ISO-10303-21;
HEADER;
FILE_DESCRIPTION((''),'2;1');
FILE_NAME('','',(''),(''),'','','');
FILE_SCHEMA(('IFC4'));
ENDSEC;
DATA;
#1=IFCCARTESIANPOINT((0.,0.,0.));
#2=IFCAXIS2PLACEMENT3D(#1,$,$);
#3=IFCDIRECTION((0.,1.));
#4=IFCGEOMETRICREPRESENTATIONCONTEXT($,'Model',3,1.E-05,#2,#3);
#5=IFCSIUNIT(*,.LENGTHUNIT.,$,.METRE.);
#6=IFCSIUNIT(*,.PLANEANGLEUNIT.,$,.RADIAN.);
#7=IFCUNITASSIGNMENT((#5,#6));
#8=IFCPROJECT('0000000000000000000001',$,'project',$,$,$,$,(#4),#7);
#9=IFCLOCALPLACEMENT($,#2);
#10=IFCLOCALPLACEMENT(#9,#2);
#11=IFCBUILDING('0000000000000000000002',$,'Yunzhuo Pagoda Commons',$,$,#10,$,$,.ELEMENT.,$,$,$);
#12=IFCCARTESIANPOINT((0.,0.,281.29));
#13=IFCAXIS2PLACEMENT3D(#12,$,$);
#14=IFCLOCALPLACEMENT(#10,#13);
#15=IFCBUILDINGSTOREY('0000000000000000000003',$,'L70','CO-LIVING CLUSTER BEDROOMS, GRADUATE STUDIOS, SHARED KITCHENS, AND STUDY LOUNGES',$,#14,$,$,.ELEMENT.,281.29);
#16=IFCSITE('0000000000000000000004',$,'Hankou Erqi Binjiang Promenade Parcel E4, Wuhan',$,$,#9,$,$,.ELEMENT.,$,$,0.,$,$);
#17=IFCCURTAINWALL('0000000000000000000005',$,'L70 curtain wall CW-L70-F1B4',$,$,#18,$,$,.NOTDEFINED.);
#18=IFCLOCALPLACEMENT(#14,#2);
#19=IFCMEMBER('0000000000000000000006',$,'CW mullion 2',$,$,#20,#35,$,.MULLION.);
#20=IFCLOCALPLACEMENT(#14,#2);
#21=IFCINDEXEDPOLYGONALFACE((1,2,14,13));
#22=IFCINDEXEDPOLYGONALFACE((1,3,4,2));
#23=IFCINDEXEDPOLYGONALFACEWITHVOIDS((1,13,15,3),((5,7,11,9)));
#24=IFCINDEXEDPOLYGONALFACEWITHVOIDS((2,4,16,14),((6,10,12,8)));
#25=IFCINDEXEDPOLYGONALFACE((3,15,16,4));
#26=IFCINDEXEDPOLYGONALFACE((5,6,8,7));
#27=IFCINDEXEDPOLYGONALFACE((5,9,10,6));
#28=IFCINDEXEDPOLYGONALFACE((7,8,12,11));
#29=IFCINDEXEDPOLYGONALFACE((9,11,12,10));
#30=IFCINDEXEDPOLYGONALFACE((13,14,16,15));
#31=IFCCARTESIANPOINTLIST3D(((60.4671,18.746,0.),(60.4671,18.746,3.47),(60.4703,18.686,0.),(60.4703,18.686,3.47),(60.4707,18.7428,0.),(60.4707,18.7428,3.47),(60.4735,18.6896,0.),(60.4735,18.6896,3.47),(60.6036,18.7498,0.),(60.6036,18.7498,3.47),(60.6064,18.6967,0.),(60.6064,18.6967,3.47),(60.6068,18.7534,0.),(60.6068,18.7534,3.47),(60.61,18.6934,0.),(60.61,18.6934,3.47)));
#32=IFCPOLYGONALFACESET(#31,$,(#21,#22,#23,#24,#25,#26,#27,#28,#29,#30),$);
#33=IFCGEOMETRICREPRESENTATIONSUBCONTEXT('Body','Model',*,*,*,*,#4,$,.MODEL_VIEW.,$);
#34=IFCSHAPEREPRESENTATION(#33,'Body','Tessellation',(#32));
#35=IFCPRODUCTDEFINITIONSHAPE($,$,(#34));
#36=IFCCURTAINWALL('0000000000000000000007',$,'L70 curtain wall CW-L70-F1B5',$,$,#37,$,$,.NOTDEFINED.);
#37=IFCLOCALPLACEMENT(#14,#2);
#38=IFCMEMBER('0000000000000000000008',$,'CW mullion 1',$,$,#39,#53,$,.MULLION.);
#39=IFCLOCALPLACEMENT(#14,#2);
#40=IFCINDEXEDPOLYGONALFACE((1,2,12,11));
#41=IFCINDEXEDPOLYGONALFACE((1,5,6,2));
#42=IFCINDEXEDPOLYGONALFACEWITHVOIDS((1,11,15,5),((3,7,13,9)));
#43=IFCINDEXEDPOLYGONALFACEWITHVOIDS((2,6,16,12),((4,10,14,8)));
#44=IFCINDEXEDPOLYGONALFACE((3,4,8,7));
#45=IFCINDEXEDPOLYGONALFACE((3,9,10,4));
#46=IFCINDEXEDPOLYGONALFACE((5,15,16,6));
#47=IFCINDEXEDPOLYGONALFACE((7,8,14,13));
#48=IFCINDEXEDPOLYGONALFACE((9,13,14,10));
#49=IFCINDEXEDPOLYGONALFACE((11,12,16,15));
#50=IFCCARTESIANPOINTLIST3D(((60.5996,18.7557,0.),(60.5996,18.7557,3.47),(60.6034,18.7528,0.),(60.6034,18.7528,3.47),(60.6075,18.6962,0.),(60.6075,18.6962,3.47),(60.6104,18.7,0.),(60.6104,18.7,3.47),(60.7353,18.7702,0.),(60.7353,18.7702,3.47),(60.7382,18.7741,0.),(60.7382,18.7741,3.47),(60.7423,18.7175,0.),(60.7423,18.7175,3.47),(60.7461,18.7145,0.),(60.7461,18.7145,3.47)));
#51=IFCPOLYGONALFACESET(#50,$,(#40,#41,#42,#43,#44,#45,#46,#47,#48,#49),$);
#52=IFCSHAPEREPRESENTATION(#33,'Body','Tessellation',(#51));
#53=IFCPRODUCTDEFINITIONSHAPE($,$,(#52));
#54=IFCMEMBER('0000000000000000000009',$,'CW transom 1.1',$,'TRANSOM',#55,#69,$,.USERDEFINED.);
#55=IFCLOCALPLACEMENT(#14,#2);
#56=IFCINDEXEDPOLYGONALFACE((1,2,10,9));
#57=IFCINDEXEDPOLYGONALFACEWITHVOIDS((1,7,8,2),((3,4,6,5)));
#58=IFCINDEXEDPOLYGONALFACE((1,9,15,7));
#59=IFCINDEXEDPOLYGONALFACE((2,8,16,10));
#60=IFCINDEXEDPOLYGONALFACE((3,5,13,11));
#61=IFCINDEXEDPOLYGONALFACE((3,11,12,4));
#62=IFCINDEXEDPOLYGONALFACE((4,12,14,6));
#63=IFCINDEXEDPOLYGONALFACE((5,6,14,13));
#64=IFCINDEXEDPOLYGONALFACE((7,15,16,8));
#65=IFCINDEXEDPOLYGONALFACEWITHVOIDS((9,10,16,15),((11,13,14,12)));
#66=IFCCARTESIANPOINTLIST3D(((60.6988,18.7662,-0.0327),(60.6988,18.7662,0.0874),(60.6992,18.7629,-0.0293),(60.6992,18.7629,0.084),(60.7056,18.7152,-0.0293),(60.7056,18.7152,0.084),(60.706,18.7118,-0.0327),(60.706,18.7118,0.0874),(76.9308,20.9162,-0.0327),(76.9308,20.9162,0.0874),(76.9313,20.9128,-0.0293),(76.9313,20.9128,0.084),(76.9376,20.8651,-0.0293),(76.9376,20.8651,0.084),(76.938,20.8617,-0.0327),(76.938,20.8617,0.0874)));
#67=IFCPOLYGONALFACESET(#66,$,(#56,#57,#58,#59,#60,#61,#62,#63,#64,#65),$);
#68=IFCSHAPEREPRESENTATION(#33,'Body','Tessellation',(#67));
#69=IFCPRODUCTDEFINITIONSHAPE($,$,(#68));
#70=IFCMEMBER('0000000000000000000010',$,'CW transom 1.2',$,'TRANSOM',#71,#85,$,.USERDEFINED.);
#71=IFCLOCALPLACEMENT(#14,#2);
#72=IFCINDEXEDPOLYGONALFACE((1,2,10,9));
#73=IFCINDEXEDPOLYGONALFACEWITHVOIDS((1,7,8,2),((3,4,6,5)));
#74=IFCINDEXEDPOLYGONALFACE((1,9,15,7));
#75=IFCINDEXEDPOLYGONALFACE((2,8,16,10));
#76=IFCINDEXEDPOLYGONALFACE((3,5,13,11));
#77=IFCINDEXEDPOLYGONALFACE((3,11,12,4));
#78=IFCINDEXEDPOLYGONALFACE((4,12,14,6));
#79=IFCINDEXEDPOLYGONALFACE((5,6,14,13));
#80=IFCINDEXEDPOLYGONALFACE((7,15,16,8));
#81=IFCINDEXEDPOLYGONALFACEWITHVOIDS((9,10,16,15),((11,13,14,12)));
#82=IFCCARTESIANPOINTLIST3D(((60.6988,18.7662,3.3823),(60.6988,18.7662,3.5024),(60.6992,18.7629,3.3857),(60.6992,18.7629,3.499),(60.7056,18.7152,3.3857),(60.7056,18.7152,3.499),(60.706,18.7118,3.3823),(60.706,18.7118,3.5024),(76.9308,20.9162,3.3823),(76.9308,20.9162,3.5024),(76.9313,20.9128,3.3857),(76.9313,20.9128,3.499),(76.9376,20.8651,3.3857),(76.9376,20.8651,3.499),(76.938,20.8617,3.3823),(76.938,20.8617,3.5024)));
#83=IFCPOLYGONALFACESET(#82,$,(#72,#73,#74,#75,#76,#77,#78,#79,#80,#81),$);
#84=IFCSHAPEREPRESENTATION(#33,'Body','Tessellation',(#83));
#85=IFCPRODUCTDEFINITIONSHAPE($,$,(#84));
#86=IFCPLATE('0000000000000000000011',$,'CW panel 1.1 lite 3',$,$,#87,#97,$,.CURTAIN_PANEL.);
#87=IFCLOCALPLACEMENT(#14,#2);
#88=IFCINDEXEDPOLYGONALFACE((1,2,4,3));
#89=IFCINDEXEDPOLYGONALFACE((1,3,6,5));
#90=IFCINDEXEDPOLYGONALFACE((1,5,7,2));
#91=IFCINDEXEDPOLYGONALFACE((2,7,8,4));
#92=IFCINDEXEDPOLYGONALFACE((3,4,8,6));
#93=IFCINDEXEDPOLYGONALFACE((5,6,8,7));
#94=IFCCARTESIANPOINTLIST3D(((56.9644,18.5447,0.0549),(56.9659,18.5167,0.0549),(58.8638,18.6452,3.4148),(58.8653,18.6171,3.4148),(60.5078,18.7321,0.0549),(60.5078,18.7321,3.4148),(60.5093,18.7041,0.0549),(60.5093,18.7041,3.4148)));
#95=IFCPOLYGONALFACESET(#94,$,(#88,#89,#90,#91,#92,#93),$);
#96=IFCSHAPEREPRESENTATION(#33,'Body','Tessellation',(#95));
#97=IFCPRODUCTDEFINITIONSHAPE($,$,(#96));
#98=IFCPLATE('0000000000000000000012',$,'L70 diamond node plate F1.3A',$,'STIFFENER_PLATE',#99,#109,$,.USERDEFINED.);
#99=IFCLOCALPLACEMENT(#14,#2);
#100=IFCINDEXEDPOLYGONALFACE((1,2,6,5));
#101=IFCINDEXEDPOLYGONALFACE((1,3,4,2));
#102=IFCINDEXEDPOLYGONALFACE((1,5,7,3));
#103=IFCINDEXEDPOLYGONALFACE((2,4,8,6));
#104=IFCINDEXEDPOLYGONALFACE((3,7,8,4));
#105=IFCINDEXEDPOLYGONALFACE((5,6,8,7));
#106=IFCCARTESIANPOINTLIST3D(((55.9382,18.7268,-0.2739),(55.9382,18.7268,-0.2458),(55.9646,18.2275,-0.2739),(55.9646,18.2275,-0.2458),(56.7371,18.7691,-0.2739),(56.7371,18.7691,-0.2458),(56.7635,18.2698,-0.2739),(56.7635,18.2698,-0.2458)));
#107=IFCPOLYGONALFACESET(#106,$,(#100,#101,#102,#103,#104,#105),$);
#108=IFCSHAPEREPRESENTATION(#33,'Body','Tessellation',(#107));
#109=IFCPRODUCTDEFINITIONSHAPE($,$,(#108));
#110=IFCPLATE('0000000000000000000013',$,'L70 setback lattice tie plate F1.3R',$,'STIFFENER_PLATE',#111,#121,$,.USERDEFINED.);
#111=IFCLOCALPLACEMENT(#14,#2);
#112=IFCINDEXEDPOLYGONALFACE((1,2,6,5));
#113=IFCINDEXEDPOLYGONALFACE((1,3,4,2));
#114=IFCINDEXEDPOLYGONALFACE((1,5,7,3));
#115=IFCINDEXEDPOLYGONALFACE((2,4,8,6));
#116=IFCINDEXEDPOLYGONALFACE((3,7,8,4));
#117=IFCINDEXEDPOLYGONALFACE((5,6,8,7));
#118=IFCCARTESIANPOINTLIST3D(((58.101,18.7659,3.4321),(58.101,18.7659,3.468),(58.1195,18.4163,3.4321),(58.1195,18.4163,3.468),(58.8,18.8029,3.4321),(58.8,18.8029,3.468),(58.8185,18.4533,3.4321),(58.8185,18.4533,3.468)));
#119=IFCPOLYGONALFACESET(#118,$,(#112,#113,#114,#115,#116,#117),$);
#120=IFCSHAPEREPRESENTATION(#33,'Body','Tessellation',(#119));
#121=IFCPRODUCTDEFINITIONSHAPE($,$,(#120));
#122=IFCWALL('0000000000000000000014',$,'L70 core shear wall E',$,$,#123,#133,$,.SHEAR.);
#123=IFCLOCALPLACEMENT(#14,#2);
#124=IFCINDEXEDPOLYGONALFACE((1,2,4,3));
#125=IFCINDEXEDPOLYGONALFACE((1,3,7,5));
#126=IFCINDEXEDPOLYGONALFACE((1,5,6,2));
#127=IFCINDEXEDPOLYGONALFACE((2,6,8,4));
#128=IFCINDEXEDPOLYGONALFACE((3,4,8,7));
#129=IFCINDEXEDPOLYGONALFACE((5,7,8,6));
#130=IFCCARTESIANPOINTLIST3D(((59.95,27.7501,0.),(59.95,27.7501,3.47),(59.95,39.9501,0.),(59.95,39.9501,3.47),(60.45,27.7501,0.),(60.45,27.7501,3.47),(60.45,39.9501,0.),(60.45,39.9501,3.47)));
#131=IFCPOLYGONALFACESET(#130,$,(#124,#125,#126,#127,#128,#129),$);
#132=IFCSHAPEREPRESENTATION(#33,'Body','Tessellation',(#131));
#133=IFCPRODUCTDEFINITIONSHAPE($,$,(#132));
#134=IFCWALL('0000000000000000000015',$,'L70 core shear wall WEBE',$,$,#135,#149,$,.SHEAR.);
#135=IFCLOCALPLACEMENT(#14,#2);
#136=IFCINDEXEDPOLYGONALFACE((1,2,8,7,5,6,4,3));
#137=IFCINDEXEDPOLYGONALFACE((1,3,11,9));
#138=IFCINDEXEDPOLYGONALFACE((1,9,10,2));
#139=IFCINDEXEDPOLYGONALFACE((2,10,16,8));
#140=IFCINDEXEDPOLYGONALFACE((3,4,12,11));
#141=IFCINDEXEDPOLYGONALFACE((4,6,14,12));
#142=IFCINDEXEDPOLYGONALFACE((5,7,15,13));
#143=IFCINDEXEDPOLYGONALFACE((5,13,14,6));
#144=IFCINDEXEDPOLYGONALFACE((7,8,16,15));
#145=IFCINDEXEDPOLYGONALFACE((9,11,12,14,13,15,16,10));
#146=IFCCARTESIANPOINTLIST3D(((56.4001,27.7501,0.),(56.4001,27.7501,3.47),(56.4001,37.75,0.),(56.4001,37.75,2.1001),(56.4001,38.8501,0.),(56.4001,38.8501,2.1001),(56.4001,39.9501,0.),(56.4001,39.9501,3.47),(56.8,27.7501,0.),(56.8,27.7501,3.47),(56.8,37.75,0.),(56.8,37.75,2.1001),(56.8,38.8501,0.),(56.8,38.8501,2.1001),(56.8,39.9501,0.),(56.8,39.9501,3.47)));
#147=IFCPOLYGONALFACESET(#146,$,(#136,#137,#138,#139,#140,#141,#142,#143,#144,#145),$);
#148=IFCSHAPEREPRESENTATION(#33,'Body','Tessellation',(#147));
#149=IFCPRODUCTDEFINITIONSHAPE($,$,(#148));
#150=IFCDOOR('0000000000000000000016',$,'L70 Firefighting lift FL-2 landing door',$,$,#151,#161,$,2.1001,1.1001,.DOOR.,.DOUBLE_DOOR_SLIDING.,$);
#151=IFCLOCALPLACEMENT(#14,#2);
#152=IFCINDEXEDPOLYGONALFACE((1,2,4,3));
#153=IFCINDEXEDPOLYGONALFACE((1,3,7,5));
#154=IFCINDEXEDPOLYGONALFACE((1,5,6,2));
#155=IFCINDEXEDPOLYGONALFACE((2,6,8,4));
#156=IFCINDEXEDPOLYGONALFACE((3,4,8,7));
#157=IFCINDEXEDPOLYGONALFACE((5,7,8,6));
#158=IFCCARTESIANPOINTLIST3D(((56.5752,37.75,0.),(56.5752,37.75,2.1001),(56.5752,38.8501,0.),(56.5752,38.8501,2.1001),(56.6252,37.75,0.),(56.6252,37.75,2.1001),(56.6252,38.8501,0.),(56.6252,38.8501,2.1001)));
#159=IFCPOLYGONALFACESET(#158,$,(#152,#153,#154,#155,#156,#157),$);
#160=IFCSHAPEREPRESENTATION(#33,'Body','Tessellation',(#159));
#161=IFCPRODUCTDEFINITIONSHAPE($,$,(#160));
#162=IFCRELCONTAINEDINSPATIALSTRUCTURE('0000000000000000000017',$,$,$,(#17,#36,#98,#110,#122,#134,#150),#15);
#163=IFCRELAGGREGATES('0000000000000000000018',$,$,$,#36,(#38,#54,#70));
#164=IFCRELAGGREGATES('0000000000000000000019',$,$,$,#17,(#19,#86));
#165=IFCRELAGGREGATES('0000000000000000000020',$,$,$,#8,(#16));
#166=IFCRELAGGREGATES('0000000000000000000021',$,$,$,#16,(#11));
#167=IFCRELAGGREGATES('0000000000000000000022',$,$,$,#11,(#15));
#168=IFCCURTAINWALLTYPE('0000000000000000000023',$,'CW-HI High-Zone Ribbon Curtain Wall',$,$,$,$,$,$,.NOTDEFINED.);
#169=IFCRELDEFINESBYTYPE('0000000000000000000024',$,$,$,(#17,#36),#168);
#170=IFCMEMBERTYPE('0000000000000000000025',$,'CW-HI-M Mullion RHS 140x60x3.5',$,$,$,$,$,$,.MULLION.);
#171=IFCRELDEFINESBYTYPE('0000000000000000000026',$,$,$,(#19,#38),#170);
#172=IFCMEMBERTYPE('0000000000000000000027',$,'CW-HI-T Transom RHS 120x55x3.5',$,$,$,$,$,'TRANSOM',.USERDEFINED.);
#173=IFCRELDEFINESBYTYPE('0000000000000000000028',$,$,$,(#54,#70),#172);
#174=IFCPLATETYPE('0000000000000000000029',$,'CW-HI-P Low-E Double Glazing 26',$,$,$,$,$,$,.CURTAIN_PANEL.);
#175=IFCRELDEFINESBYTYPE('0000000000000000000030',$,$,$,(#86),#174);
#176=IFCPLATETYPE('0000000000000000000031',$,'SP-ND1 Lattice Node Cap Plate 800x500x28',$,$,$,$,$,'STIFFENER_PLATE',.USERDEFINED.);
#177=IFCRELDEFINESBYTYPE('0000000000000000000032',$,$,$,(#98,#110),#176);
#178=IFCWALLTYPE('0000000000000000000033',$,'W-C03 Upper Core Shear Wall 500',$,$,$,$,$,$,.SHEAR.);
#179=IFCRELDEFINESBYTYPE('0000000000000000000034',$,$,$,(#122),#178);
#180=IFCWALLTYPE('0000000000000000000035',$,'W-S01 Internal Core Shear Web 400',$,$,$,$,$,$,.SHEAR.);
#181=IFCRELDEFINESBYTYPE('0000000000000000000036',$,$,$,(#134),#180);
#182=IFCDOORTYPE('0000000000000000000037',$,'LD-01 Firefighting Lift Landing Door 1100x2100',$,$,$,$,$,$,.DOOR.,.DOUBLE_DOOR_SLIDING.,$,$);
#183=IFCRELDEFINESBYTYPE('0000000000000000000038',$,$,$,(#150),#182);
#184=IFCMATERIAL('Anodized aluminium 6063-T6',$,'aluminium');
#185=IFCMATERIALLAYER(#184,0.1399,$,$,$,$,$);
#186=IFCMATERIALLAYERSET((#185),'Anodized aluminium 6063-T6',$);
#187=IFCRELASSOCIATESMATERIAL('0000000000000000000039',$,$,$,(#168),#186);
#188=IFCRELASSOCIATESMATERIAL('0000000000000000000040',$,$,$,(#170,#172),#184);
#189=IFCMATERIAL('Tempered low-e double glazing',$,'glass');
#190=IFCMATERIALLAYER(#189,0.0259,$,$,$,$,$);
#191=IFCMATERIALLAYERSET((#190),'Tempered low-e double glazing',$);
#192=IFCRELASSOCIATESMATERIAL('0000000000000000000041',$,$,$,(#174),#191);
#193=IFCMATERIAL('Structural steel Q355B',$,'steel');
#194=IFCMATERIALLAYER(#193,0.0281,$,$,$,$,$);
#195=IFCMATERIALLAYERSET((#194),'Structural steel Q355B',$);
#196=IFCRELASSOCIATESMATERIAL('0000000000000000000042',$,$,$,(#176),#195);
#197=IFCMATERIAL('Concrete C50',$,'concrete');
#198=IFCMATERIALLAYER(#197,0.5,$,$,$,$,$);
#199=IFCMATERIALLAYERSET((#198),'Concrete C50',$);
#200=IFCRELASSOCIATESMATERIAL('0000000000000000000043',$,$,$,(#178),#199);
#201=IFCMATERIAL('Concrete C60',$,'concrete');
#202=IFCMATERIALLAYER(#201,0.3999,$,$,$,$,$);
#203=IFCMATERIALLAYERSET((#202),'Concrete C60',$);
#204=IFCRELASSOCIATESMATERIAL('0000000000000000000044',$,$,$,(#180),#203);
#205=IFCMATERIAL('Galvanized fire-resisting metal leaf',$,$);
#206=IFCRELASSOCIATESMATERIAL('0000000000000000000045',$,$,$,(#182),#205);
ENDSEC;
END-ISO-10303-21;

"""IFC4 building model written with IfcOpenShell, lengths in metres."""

from ifc_helpers import new_model, si_unit, direction, frame, frame_2d, origin, origin_with_axes, origin_2d, place, context, subcontext, project, spatial, polyline, rectangle, hollow_rectangle, outline, extrude, source, transform, mapped, material, layer, layer_set, material_profile, profile_set, type_object, element, fill, aggregate, save


model = new_model("IFC4")

# Units and contexts
model_context = context("Model", 3, precision=1e-05, world=origin(), true_north=direction((0.0, 1.0)))
body_context = subcontext(model_context, "Body", "Model", "MODEL_VIEW")
ifc_project = project(units=[si_unit("LENGTHUNIT", "METRE"), si_unit("PLANEANGLEUNIT", "RADIAN")], contexts=[model_context])

# Site, building, storey
site_placement = place(None, origin())
site = spatial("IfcSite", under=ifc_project, at=site_placement, Name="Hankou Erqi Binjiang Promenade Parcel E4, Wuhan", CompositionType="ELEMENT", RefElevation=0.0)
building_placement = place(site_placement, origin())
building = spatial("IfcBuilding", under=site, at=building_placement, Name="Yunzhuo Pagoda Commons", CompositionType="ELEMENT")
storey_placement = place(building_placement, frame((0.0, 0.0, 281.29)))
storey = spatial("IfcBuildingStorey", under=building, at=storey_placement, Name="L70", Description="CO-LIVING CLUSTER BEDROOMS, GRADUATE STUDIOS, SHARED KITCHENS, AND STUDY LOUNGES", CompositionType="ELEMENT", Elevation=281.29)

# Shared definitions
ifc_material_1 = material(Name="Structural steel Q355B", Category="steel")

# Curtain wall, member
ifc_material_2 = material(Name="Anodized aluminium 6063-T6", Category="aluminium")
ifc_layer_1 = layer(ifc_material_2, 0.1399)
ifc_layer_set_1 = layer_set([ifc_layer_1], Name="Anodized aluminium 6063-T6")
curtain_wall_type = type_object("IfcCurtainWallType", Name="CW-HI High-Zone Ribbon Curtain Wall", PredefinedType="NOTDEFINED", material=ifc_layer_set_1)
curtain_wall_1_placement = place(storey_placement, origin())
curtain_wall_1 = element("IfcCurtainWall", 1, at=curtain_wall_1_placement, inside=storey, type_object=curtain_wall_type, Name="L70 curtain wall CW-L70-F1B4", PredefinedType="NOTDEFINED")
ifc_material_profile_1 = material_profile(ifc_material_2, hollow_rectangle(XDim=0.0601, YDim=0.1399, WallThickness=0.0034, at=origin_2d()), Name="Anodized aluminium 6063-T6")
ifc_profile_set_1 = profile_set([ifc_material_profile_1], Name="Anodized aluminium 6063-T6")
member_type_1 = type_object("IfcMemberType", Name="CW-HI-M Mullion RHS 140x60x3.5", PredefinedType="MULLION", material=ifc_profile_set_1)
shared_shape_1 = source(origin(), body_context, "Body", "SweptSolid", [
    extrude(hollow_rectangle(XDim=0.0601, YDim=0.1399, WallThickness=0.0034, at=origin_2d()), origin(), (0.0, 0.0, 1.0), 3.47),
])
member_1_placement = place(storey_placement, frame((60.5386, 18.7197, 0.0), z_axis=(0.0, 0.0, 1.0), x_axis=(-0.052822, 0.998604, 0.0)))
member_1 = element("IfcMember", 2, at=member_1_placement, type_object=member_type_1, Name="CW mullion 2", PredefinedType="MULLION", context=body_context, shape_type="MappedRepresentation", body=[
    mapped(shared_shape_1, transform((0.0, 0.0, 0.0), scale=1.0)),
])

# Curtain wall, members
curtain_wall_2_placement = place(storey_placement, origin())
curtain_wall_2 = element("IfcCurtainWall", 3, at=curtain_wall_2_placement, inside=storey, type_object=curtain_wall_type, Name="L70 curtain wall CW-L70-F1B5", PredefinedType="NOTDEFINED")
member_2_placement = place(storey_placement, frame((60.6729, 18.7351, 0.0), z_axis=(0.0, 0.0, 1.0), x_axis=(-0.131311, 0.991341, 0.0)))
member_2 = element("IfcMember", 4, at=member_2_placement, type_object=member_type_1, Name="CW mullion 1", PredefinedType="MULLION", context=body_context, shape_type="MappedRepresentation", body=[
    mapped(shared_shape_1, transform((0.0, 0.0, 0.0), scale=1.0)),
])
ifc_material_profile_2 = material_profile(ifc_material_2, hollow_rectangle(XDim=0.0549, YDim=0.1201, WallThickness=0.0034, at=origin_2d()), Name="Anodized aluminium 6063-T6")
ifc_profile_set_2 = profile_set([ifc_material_profile_2], Name="Anodized aluminium 6063-T6")
member_type_2 = type_object("IfcMemberType", Name="CW-HI-T Transom RHS 120x55x3.5", ElementType="TRANSOM", PredefinedType="USERDEFINED", material=ifc_profile_set_2)
shared_shape_2 = source(origin(), body_context, "Body", "SweptSolid", [
    extrude(hollow_rectangle(XDim=0.0549, YDim=0.1201, WallThickness=0.0034, at=origin_2d()), origin(), (0.0, 0.0, 1.0), 16.3738),
])
member_3_placement = place(storey_placement, frame((60.7024, 18.739, 0.0273), z_axis=(0.991342, 0.131302, 0.0), x_axis=(-0.131302, 0.991342, 0.0)))
member_3 = element("IfcMember", 5, at=member_3_placement, type_object=member_type_2, Name="CW transom 1.1", ObjectType="TRANSOM", PredefinedType="USERDEFINED", context=body_context, shape_type="MappedRepresentation", body=[
    mapped(shared_shape_2, transform((0.0, 0.0, 0.0), scale=1.0)),
])
member_4_placement = place(storey_placement, frame((60.7024, 18.739, 3.4424), z_axis=(0.991342, 0.131302, 0.0), x_axis=(-0.131302, 0.991342, 0.0)))
member_4 = element("IfcMember", 6, at=member_4_placement, type_object=member_type_2, Name="CW transom 1.2", ObjectType="TRANSOM", PredefinedType="USERDEFINED", context=body_context, shape_type="MappedRepresentation", body=[
    mapped(shared_shape_2, transform((0.0, 0.0, 0.0), scale=1.0)),
])
aggregate(curtain_wall_2, [member_2, member_3, member_4])

# Plate
ifc_material_3 = material(Name="Tempered low-e double glazing", Category="glass")
ifc_layer_2 = layer(ifc_material_3, 0.0259)
ifc_layer_set_2 = layer_set([ifc_layer_2], Name="Tempered low-e double glazing")
plate_type_1 = type_object("IfcPlateType", Name="CW-HI-P Low-E Double Glazing 26", PredefinedType="CURTAIN_PANEL", material=ifc_layer_set_2)
plate_1_placement = place(storey_placement, frame((58.7361, 18.6384, 1.7349), z_axis=(0.052822, -0.998604, 0.0), x_axis=(0.998604, 0.052822, 0.0)))
plate_1 = element("IfcPlate", 7, at=plate_1_placement, type_object=plate_type_1, Name="CW panel 1.1 lite 3", PredefinedType="CURTAIN_PANEL", context=body_context, shape_type="SweptSolid", body=[
    extrude(outline(polyline([(-1.7742, -1.6799), (1.7742, -1.6799), (1.7742, 1.6799), (0.1279, 1.6799), (-1.7742, -1.6799)])), origin(), (0.0, 0.0, 1.0), 0.0281),
])
aggregate(curtain_wall_1, [member_1, plate_1])

# Plates
ifc_layer_3 = layer(ifc_material_1, 0.0281)
ifc_layer_set_3 = layer_set([ifc_layer_3], Name="Structural steel Q355B")
plate_type_2 = type_object("IfcPlateType", Name="SP-ND1 Lattice Node Cap Plate 800x500x28", ElementType="STIFFENER_PLATE", PredefinedType="USERDEFINED", material=ifc_layer_set_3)
shared_shape_3 = source(origin(), body_context, "Body", "SweptSolid", [
    extrude(rectangle(XDim=0.8, YDim=0.5, at=origin_2d()), origin(), (0.0, 0.0, 1.0), 0.0281),
])
plate_2_placement = place(storey_placement, frame((56.3508, 18.4983, -0.2739), z_axis=(0.0, 0.0, 1.0), x_axis=(0.998604, 0.052824, 0.0)))
element("IfcPlate", 8, at=plate_2_placement, inside=storey, type_object=plate_type_2, Name="L70 diamond node plate F1.3A", ObjectType="STIFFENER_PLATE", PredefinedType="USERDEFINED", context=body_context, shape_type="MappedRepresentation", body=[
    mapped(shared_shape_3, transform((0.0, 0.0, 0.0), scale=1.0)),
])
shared_shape_4 = source(origin(), body_context, "Body", "SweptSolid", [
    extrude(rectangle(XDim=0.7, YDim=0.3501, at=origin_2d()), origin(), (0.0, 0.0, 1.0), 0.0359),
])
plate_3_placement = place(storey_placement, frame((58.4597, 18.6096, 3.4321), z_axis=(0.0, 0.0, 1.0), x_axis=(0.998604, 0.052824, 0.0)))
element("IfcPlate", 9, at=plate_3_placement, inside=storey, type_object=plate_type_2, Name="L70 setback lattice tie plate F1.3R", ObjectType="STIFFENER_PLATE", PredefinedType="USERDEFINED", context=body_context, shape_type="MappedRepresentation", body=[
    mapped(shared_shape_4, transform((0.0, 0.0, 0.0), scale=1.0)),
])

# Wall
ifc_material_4 = material(Name="Concrete C50", Category="concrete")
ifc_layer_4 = layer(ifc_material_4, 0.5)
ifc_layer_set_4 = layer_set([ifc_layer_4], Name="Concrete C50")
wall_type_1 = type_object("IfcWallType", Name="W-C03 Upper Core Shear Wall 500", PredefinedType="SHEAR", material=ifc_layer_set_4)
wall_1_placement = place(storey_placement, frame((60.2, 27.75, 0.0), z_axis=(0.0, 0.0, 1.0), x_axis=(0.0, 1.0, 0.0)))
element("IfcWall", 10, at=wall_1_placement, inside=storey, type_object=wall_type_1, Name="L70 core shear wall E", PredefinedType="SHEAR", context=body_context, shape_type="SweptSolid", body=[
    extrude(rectangle(XDim=12.2, YDim=0.5, at=frame_2d((6.1001, 0.0))), origin(), (0.0, 0.0, 1.0), 3.47),
])

# Wall, opening, door
ifc_material_5 = material(Name="Concrete C60", Category="concrete")
ifc_layer_5 = layer(ifc_material_5, 0.3999)
ifc_layer_set_5 = layer_set([ifc_layer_5], Name="Concrete C60")
wall_type_2 = type_object("IfcWallType", Name="W-S01 Internal Core Shear Web 400", PredefinedType="SHEAR", material=ifc_layer_set_5)
wall_2_placement = place(storey_placement, frame((56.6001, 27.75, 0.0), z_axis=(0.0, 0.0, 1.0), x_axis=(0.0, 1.0, 0.0)))
wall_2 = element("IfcWall", 11, at=wall_2_placement, inside=storey, type_object=wall_type_2, Name="L70 core shear wall WEBE", PredefinedType="SHEAR", context=body_context, shape_type="SweptSolid", body=[
    extrude(rectangle(XDim=12.2, YDim=0.3999, at=frame_2d((6.1001, 0.0))), origin(), (0.0, 0.0, 1.0), 3.47),
])
opening_placement = place(wall_2_placement, frame((10.0, 0.0, 0.0)))
opening = element("IfcOpeningElement", 12, at=opening_placement, cuts=wall_2, PredefinedType="OPENING", context=body_context, shape_type="SweptSolid", body=[
    extrude(rectangle(XDim=1.1001, YDim=2.1001, at=frame_2d((0.55, 1.05))), frame((0.0, 0.21, 0.0), z_axis=(0.0, -1.0, 0.0), x_axis=(1.0, 0.0, 0.0)), (0.0, 0.0, 1.0), 0.4199),
])
ifc_material_6 = material(Name="Galvanized fire-resisting metal leaf")
door_type = type_object("IfcDoorType", Name="LD-01 Firefighting Lift Landing Door 1100x2100", OperationType="DOUBLE_DOOR_SLIDING", PredefinedType="DOOR", material=ifc_material_6)
shared_shape_5 = source(origin(), body_context, "Body", "SweptSolid", [
    extrude(rectangle(XDim=1.1001, YDim=2.1001, at=frame_2d((0.55, 1.05))), frame((0.0, 0.0249, 0.0), z_axis=(0.0, -1.0, 0.0), x_axis=(1.0, 0.0, 0.0)), (0.0, 0.0, 1.0), 0.05),
])
door_placement = place(opening_placement, origin_with_axes())
door = element("IfcDoor", 13, at=door_placement, inside=storey, type_object=door_type, Name="L70 Firefighting lift FL-2 landing door", OperationType="DOUBLE_DOOR_SLIDING", OverallHeight=2.1001, OverallWidth=1.1001, PredefinedType="DOOR", context=body_context, shape_type="MappedRepresentation", body=[
    mapped(shared_shape_5, transform((0.0, 0.0, 0.0), scale=1.0)),
])
fill(opening, door)

save(model, "model.ifc")
